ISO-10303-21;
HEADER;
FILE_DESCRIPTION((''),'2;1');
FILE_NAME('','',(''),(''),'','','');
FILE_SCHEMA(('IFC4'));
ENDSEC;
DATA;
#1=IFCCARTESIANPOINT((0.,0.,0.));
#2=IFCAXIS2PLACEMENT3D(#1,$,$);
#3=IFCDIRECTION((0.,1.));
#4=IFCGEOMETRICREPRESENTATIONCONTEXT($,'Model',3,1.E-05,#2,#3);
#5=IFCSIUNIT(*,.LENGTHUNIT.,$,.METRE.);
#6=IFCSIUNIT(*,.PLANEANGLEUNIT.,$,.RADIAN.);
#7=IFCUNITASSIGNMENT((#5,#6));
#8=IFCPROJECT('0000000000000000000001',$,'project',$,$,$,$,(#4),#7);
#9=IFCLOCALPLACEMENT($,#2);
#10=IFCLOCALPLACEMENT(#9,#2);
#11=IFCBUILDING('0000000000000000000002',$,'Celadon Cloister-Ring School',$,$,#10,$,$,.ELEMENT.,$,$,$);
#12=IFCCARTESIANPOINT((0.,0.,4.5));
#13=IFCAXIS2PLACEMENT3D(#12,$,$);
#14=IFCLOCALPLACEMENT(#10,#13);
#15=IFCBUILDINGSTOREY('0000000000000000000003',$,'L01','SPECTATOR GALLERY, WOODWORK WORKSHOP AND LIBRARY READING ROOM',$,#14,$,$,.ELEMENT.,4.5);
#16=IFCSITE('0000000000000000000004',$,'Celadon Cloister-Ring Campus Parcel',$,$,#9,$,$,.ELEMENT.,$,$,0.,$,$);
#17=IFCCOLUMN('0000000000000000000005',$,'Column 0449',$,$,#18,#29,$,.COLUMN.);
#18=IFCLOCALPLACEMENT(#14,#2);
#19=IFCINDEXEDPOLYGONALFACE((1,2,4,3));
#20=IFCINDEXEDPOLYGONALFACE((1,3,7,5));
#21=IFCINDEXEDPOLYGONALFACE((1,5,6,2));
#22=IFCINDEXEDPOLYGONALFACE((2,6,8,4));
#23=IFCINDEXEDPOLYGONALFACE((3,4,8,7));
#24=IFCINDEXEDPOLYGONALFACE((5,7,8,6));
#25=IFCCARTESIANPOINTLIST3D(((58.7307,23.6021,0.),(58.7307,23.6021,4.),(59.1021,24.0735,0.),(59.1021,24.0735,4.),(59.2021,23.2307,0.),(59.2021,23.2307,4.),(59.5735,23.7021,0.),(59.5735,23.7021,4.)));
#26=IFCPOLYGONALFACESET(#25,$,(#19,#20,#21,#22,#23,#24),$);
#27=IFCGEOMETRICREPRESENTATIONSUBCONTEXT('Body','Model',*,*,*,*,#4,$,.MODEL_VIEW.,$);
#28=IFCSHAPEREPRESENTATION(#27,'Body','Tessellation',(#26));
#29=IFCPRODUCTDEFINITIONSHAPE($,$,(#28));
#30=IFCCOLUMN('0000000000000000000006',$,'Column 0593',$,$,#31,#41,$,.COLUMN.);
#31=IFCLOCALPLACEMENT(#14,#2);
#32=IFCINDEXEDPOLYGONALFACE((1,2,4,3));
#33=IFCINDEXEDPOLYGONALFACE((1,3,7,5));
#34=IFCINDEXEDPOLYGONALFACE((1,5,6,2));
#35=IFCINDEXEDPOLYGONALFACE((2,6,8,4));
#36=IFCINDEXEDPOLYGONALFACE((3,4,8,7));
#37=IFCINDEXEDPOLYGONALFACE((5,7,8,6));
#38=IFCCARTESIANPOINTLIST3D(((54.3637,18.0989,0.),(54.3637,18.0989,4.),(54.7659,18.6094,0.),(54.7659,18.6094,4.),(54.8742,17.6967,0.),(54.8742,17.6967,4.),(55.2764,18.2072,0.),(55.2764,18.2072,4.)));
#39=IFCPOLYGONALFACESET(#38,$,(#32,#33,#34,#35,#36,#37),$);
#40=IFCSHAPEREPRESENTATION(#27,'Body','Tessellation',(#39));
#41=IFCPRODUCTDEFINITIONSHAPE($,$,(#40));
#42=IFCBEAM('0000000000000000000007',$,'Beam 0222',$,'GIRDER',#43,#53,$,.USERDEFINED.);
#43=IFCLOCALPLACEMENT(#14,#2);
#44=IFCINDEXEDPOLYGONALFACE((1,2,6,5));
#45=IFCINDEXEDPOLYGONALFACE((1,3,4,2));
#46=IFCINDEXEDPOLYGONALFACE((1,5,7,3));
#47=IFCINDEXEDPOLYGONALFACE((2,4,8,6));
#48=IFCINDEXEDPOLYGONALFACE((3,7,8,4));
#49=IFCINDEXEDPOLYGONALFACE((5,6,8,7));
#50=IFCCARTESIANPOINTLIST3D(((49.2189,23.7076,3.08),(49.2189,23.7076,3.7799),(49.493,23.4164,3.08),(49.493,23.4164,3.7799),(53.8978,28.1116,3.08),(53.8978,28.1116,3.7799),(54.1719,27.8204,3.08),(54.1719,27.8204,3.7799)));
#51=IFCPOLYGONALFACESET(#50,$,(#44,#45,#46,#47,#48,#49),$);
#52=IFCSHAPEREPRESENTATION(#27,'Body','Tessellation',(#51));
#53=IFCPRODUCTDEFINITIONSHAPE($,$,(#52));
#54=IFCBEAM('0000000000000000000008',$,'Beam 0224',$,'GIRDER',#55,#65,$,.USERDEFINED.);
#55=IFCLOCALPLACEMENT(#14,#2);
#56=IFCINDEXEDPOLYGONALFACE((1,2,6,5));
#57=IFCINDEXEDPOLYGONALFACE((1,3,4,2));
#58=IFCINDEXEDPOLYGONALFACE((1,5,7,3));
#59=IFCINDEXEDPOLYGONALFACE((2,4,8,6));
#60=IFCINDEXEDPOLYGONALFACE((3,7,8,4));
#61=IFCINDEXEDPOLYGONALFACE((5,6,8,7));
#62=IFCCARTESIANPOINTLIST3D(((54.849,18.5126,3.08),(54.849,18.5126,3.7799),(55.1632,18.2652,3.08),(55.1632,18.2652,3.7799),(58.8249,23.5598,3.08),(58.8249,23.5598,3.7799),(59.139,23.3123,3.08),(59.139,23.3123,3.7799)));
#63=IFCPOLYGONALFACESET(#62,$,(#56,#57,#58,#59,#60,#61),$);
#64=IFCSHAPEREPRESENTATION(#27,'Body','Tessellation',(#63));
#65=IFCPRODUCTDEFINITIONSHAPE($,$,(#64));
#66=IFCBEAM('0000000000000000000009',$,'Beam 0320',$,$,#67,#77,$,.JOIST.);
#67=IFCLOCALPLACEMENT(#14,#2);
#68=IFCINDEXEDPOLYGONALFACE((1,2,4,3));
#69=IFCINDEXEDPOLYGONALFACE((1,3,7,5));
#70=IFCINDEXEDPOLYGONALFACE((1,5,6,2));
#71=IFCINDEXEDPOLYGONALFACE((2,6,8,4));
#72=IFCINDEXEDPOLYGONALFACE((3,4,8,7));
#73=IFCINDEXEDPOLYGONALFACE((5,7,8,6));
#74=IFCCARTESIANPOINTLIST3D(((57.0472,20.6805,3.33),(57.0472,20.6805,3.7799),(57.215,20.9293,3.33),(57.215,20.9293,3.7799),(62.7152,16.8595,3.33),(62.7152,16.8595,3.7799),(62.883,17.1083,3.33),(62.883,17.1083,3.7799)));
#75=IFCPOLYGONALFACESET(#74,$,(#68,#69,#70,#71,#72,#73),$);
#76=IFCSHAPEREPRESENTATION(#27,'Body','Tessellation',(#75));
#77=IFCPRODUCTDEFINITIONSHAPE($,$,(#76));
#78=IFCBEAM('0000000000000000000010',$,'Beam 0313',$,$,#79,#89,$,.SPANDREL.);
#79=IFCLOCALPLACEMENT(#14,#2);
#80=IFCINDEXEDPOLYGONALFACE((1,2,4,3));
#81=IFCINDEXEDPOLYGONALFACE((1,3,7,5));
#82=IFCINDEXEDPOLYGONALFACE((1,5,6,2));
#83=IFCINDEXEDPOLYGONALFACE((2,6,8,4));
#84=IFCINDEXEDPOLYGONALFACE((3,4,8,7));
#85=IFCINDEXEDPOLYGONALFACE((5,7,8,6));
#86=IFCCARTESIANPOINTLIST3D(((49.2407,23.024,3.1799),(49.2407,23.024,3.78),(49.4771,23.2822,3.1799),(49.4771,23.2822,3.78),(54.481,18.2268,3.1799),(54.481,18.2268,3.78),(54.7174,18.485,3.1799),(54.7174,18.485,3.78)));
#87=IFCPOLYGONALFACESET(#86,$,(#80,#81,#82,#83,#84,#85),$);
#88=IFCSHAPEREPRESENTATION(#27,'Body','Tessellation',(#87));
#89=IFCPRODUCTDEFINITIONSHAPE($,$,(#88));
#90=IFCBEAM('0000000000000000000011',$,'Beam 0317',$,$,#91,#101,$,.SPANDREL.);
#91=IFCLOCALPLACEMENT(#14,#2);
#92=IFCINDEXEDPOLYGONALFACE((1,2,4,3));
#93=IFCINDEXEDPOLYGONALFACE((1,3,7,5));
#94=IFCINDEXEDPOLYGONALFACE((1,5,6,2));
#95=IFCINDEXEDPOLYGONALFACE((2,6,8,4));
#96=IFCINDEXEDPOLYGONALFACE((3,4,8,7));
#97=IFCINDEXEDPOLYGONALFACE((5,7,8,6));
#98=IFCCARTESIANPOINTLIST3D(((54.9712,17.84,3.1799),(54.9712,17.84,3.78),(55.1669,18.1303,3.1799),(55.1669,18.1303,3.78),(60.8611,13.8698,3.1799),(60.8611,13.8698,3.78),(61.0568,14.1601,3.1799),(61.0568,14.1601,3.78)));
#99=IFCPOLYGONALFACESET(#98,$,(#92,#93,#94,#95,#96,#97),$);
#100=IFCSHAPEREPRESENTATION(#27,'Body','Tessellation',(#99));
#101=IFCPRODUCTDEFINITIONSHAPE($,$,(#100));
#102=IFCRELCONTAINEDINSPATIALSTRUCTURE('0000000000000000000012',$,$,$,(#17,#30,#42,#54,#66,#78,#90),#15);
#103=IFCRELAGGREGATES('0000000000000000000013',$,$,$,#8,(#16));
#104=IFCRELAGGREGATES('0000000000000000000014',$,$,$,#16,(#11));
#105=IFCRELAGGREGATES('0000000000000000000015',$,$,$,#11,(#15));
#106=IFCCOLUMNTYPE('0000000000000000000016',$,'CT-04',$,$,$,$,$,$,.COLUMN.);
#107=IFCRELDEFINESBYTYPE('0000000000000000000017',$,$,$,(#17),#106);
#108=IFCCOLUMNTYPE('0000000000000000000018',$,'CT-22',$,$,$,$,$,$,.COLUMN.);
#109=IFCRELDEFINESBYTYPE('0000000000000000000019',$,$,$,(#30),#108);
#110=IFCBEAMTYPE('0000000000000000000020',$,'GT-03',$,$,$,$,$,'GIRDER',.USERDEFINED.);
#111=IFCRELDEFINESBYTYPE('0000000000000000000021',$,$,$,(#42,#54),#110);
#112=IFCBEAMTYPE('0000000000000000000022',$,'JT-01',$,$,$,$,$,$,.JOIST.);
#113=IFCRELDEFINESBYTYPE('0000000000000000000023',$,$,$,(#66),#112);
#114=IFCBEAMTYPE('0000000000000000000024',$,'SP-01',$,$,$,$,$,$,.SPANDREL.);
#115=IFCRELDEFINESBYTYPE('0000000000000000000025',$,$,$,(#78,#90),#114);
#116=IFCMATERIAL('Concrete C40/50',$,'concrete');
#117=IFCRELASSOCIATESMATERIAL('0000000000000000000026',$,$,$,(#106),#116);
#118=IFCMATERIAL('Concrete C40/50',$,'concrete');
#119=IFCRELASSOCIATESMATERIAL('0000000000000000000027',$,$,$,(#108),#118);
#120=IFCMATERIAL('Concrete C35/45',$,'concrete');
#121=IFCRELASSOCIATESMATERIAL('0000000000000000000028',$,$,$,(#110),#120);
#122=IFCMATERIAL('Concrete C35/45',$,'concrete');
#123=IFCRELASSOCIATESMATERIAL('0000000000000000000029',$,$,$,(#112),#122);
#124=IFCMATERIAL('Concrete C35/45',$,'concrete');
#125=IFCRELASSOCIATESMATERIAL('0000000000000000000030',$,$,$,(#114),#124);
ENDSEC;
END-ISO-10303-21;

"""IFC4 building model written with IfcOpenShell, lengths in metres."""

from ifc_helpers import new_model, si_unit, direction, frame, origin, origin_2d, place, context, subcontext, project, spatial, rectangle, extrude, material, material_profile, profile_set, type_object, element, save


model = new_model("IFC4")

# Units and contexts
model_context = context("Model", 3, precision=1e-05, world=origin(), true_north=direction((0.0, 1.0)))
body_context = subcontext(model_context, "Body", "Model", "MODEL_VIEW")
ifc_project = project(units=[si_unit("LENGTHUNIT", "METRE"), si_unit("PLANEANGLEUNIT", "RADIAN")], contexts=[model_context])

# Site, building, storey
site_placement = place(None, origin())
site = spatial("IfcSite", under=ifc_project, at=site_placement, Name="Celadon Cloister-Ring Campus Parcel", CompositionType="ELEMENT", RefElevation=0.0)
building_placement = place(site_placement, origin())
building = spatial("IfcBuilding", under=site, at=building_placement, Name="Celadon Cloister-Ring School", CompositionType="ELEMENT")
storey_placement = place(building_placement, frame((0.0, 0.0, 4.5)))
storey = spatial("IfcBuildingStorey", under=building, at=storey_placement, Name="L01", Description="SPECTATOR GALLERY, WOODWORK WORKSHOP AND LIBRARY READING ROOM", CompositionType="ELEMENT", Elevation=4.5)

# Columns
ifc_material_1 = material(Name="Concrete C40/50", Category="concrete")
ifc_material_profile_1 = material_profile(ifc_material_1, rectangle(XDim=0.6001, YDim=0.6001, at=origin_2d()), Name="RC600X600")
ifc_profile_set_1 = profile_set([ifc_material_profile_1], Name="Concrete C40/50")
column_type_1 = type_object("IfcColumnType", Name="CT-04", PredefinedType="COLUMN", material=ifc_profile_set_1)
column_1_placement = place(storey_placement, frame((59.1521, 23.6521, 0.0), z_axis=(0.0, 0.0, 1.0), x_axis=(-0.618847, -0.785511, 0.0)))
element("IfcColumn", 1, at=column_1_placement, inside=storey, type_object=column_type_1, Name="Column 0449", PredefinedType="COLUMN", context=body_context, shape_type="SweptSolid", body=[
    extrude(rectangle(XDim=0.6001, YDim=0.6001, at=origin_2d()), origin(), (0.0, 0.0, 1.0), 4.0),
])
ifc_material_2 = material(Name="Concrete C40/50", Category="concrete")
ifc_material_profile_2 = material_profile(ifc_material_2, rectangle(XDim=0.6499, YDim=0.6499, at=origin_2d()), Name="RC650X650")
ifc_profile_set_2 = profile_set([ifc_material_profile_2], Name="Concrete C40/50")
column_type_2 = type_object("IfcColumnType", Name="CT-22", PredefinedType="COLUMN", material=ifc_profile_set_2)
column_2_placement = place(storey_placement, frame((54.8201, 18.1531, 0.0), z_axis=(0.0, 0.0, 1.0), x_axis=(-0.618847, -0.785511, 0.0)))
element("IfcColumn", 2, at=column_2_placement, inside=storey, type_object=column_type_2, Name="Column 0593", PredefinedType="COLUMN", context=body_context, shape_type="SweptSolid", body=[
    extrude(rectangle(XDim=0.6499, YDim=0.6499, at=origin_2d()), origin(), (0.0, 0.0, 1.0), 4.0),
])

# Beams
ifc_material_3 = material(Name="Concrete C35/45", Category="concrete")
ifc_material_profile_3 = material_profile(ifc_material_3, rectangle(XDim=0.3999, YDim=0.7, at=origin_2d()), Name="RC400X700")
ifc_profile_set_3 = profile_set([ifc_material_profile_3], Name="Concrete C35/45")
beam_type_1 = type_object("IfcBeamType", Name="GT-03", ElementType="GIRDER", PredefinedType="USERDEFINED", material=ifc_profile_set_3)
beam_1_placement = place(storey_placement, frame((49.356, 23.562, 3.4299), z_axis=(0.728174, 0.685392, 0.0), x_axis=(-0.685392, 0.728174, 0.0)))
element("IfcBeam", 3, at=beam_1_placement, inside=storey, type_object=beam_type_1, Name="Beam 0222", ObjectType="GIRDER", PredefinedType="USERDEFINED", context=body_context, shape_type="SweptSolid", body=[
    extrude(rectangle(XDim=0.3999, YDim=0.7, at=origin_2d()), origin(), (0.0, 0.0, 1.0), 6.4255),
])
beam_2_placement = place(storey_placement, frame((55.0061, 18.3889, 3.4299), z_axis=(0.618806, 0.785544, 0.0), x_axis=(-0.785544, 0.618806, 0.0)))
element("IfcBeam", 4, at=beam_2_placement, inside=storey, type_object=beam_type_1, Name="Beam 0224", ObjectType="GIRDER", PredefinedType="USERDEFINED", context=body_context, shape_type="SweptSolid", body=[
    extrude(rectangle(XDim=0.3999, YDim=0.7, at=origin_2d()), origin(), (0.0, 0.0, 1.0), 6.425),
])
ifc_material_4 = material(Name="Concrete C35/45", Category="concrete")
ifc_material_profile_4 = material_profile(ifc_material_4, rectangle(XDim=0.3, YDim=0.45, at=origin_2d()), Name="RC300X450")
ifc_profile_set_4 = profile_set([ifc_material_profile_4], Name="Concrete C35/45")
beam_type_2 = type_object("IfcBeamType", Name="JT-01", PredefinedType="JOIST", material=ifc_profile_set_4)
beam_3_placement = place(storey_placement, frame((57.1311, 20.8049, 3.5549), z_axis=(0.829176, -0.558987, 0.0), x_axis=(0.558987, 0.829176, 0.0)))
element("IfcBeam", 5, at=beam_3_placement, inside=storey, type_object=beam_type_2, Name="Beam 0320", PredefinedType="JOIST", context=body_context, shape_type="SweptSolid", body=[
    extrude(rectangle(XDim=0.3, YDim=0.45, at=origin_2d()), origin(), (0.0, 0.0, 1.0), 6.8357),
])
ifc_material_5 = material(Name="Concrete C35/45", Category="concrete")
ifc_material_profile_5 = material_profile(ifc_material_5, rectangle(XDim=0.3501, YDim=0.6001, at=origin_2d()), Name="RC350X600")
ifc_profile_set_5 = profile_set([ifc_material_profile_5], Name="Concrete C35/45")
beam_type_3 = type_object("IfcBeamType", Name="SP-01", PredefinedType="SPANDREL", material=ifc_profile_set_5)
beam_4_placement = place(storey_placement, frame((49.3589, 23.1531, 3.48), z_axis=(0.737605, -0.675233, 0.0), x_axis=(0.675233, 0.737605, 0.0)))
element("IfcBeam", 6, at=beam_4_placement, inside=storey, type_object=beam_type_3, Name="Beam 0313", PredefinedType="SPANDREL", context=body_context, shape_type="SweptSolid", body=[
    extrude(rectangle(XDim=0.3501, YDim=0.6001, at=origin_2d()), origin(), (0.0, 0.0, 1.0), 7.1045),
])
beam_5_placement = place(storey_placement, frame((55.0691, 17.9851, 3.48), z_axis=(0.829205, -0.558944, 0.0), x_axis=(0.558944, 0.829205, 0.0)))
element("IfcBeam", 7, at=beam_5_placement, inside=storey, type_object=beam_type_3, Name="Beam 0317", PredefinedType="SPANDREL", context=body_context, shape_type="SweptSolid", body=[
    extrude(rectangle(XDim=0.3501, YDim=0.6001, at=origin_2d()), origin(), (0.0, 0.0, 1.0), 7.103),
])

save(model, "model.ifc")
